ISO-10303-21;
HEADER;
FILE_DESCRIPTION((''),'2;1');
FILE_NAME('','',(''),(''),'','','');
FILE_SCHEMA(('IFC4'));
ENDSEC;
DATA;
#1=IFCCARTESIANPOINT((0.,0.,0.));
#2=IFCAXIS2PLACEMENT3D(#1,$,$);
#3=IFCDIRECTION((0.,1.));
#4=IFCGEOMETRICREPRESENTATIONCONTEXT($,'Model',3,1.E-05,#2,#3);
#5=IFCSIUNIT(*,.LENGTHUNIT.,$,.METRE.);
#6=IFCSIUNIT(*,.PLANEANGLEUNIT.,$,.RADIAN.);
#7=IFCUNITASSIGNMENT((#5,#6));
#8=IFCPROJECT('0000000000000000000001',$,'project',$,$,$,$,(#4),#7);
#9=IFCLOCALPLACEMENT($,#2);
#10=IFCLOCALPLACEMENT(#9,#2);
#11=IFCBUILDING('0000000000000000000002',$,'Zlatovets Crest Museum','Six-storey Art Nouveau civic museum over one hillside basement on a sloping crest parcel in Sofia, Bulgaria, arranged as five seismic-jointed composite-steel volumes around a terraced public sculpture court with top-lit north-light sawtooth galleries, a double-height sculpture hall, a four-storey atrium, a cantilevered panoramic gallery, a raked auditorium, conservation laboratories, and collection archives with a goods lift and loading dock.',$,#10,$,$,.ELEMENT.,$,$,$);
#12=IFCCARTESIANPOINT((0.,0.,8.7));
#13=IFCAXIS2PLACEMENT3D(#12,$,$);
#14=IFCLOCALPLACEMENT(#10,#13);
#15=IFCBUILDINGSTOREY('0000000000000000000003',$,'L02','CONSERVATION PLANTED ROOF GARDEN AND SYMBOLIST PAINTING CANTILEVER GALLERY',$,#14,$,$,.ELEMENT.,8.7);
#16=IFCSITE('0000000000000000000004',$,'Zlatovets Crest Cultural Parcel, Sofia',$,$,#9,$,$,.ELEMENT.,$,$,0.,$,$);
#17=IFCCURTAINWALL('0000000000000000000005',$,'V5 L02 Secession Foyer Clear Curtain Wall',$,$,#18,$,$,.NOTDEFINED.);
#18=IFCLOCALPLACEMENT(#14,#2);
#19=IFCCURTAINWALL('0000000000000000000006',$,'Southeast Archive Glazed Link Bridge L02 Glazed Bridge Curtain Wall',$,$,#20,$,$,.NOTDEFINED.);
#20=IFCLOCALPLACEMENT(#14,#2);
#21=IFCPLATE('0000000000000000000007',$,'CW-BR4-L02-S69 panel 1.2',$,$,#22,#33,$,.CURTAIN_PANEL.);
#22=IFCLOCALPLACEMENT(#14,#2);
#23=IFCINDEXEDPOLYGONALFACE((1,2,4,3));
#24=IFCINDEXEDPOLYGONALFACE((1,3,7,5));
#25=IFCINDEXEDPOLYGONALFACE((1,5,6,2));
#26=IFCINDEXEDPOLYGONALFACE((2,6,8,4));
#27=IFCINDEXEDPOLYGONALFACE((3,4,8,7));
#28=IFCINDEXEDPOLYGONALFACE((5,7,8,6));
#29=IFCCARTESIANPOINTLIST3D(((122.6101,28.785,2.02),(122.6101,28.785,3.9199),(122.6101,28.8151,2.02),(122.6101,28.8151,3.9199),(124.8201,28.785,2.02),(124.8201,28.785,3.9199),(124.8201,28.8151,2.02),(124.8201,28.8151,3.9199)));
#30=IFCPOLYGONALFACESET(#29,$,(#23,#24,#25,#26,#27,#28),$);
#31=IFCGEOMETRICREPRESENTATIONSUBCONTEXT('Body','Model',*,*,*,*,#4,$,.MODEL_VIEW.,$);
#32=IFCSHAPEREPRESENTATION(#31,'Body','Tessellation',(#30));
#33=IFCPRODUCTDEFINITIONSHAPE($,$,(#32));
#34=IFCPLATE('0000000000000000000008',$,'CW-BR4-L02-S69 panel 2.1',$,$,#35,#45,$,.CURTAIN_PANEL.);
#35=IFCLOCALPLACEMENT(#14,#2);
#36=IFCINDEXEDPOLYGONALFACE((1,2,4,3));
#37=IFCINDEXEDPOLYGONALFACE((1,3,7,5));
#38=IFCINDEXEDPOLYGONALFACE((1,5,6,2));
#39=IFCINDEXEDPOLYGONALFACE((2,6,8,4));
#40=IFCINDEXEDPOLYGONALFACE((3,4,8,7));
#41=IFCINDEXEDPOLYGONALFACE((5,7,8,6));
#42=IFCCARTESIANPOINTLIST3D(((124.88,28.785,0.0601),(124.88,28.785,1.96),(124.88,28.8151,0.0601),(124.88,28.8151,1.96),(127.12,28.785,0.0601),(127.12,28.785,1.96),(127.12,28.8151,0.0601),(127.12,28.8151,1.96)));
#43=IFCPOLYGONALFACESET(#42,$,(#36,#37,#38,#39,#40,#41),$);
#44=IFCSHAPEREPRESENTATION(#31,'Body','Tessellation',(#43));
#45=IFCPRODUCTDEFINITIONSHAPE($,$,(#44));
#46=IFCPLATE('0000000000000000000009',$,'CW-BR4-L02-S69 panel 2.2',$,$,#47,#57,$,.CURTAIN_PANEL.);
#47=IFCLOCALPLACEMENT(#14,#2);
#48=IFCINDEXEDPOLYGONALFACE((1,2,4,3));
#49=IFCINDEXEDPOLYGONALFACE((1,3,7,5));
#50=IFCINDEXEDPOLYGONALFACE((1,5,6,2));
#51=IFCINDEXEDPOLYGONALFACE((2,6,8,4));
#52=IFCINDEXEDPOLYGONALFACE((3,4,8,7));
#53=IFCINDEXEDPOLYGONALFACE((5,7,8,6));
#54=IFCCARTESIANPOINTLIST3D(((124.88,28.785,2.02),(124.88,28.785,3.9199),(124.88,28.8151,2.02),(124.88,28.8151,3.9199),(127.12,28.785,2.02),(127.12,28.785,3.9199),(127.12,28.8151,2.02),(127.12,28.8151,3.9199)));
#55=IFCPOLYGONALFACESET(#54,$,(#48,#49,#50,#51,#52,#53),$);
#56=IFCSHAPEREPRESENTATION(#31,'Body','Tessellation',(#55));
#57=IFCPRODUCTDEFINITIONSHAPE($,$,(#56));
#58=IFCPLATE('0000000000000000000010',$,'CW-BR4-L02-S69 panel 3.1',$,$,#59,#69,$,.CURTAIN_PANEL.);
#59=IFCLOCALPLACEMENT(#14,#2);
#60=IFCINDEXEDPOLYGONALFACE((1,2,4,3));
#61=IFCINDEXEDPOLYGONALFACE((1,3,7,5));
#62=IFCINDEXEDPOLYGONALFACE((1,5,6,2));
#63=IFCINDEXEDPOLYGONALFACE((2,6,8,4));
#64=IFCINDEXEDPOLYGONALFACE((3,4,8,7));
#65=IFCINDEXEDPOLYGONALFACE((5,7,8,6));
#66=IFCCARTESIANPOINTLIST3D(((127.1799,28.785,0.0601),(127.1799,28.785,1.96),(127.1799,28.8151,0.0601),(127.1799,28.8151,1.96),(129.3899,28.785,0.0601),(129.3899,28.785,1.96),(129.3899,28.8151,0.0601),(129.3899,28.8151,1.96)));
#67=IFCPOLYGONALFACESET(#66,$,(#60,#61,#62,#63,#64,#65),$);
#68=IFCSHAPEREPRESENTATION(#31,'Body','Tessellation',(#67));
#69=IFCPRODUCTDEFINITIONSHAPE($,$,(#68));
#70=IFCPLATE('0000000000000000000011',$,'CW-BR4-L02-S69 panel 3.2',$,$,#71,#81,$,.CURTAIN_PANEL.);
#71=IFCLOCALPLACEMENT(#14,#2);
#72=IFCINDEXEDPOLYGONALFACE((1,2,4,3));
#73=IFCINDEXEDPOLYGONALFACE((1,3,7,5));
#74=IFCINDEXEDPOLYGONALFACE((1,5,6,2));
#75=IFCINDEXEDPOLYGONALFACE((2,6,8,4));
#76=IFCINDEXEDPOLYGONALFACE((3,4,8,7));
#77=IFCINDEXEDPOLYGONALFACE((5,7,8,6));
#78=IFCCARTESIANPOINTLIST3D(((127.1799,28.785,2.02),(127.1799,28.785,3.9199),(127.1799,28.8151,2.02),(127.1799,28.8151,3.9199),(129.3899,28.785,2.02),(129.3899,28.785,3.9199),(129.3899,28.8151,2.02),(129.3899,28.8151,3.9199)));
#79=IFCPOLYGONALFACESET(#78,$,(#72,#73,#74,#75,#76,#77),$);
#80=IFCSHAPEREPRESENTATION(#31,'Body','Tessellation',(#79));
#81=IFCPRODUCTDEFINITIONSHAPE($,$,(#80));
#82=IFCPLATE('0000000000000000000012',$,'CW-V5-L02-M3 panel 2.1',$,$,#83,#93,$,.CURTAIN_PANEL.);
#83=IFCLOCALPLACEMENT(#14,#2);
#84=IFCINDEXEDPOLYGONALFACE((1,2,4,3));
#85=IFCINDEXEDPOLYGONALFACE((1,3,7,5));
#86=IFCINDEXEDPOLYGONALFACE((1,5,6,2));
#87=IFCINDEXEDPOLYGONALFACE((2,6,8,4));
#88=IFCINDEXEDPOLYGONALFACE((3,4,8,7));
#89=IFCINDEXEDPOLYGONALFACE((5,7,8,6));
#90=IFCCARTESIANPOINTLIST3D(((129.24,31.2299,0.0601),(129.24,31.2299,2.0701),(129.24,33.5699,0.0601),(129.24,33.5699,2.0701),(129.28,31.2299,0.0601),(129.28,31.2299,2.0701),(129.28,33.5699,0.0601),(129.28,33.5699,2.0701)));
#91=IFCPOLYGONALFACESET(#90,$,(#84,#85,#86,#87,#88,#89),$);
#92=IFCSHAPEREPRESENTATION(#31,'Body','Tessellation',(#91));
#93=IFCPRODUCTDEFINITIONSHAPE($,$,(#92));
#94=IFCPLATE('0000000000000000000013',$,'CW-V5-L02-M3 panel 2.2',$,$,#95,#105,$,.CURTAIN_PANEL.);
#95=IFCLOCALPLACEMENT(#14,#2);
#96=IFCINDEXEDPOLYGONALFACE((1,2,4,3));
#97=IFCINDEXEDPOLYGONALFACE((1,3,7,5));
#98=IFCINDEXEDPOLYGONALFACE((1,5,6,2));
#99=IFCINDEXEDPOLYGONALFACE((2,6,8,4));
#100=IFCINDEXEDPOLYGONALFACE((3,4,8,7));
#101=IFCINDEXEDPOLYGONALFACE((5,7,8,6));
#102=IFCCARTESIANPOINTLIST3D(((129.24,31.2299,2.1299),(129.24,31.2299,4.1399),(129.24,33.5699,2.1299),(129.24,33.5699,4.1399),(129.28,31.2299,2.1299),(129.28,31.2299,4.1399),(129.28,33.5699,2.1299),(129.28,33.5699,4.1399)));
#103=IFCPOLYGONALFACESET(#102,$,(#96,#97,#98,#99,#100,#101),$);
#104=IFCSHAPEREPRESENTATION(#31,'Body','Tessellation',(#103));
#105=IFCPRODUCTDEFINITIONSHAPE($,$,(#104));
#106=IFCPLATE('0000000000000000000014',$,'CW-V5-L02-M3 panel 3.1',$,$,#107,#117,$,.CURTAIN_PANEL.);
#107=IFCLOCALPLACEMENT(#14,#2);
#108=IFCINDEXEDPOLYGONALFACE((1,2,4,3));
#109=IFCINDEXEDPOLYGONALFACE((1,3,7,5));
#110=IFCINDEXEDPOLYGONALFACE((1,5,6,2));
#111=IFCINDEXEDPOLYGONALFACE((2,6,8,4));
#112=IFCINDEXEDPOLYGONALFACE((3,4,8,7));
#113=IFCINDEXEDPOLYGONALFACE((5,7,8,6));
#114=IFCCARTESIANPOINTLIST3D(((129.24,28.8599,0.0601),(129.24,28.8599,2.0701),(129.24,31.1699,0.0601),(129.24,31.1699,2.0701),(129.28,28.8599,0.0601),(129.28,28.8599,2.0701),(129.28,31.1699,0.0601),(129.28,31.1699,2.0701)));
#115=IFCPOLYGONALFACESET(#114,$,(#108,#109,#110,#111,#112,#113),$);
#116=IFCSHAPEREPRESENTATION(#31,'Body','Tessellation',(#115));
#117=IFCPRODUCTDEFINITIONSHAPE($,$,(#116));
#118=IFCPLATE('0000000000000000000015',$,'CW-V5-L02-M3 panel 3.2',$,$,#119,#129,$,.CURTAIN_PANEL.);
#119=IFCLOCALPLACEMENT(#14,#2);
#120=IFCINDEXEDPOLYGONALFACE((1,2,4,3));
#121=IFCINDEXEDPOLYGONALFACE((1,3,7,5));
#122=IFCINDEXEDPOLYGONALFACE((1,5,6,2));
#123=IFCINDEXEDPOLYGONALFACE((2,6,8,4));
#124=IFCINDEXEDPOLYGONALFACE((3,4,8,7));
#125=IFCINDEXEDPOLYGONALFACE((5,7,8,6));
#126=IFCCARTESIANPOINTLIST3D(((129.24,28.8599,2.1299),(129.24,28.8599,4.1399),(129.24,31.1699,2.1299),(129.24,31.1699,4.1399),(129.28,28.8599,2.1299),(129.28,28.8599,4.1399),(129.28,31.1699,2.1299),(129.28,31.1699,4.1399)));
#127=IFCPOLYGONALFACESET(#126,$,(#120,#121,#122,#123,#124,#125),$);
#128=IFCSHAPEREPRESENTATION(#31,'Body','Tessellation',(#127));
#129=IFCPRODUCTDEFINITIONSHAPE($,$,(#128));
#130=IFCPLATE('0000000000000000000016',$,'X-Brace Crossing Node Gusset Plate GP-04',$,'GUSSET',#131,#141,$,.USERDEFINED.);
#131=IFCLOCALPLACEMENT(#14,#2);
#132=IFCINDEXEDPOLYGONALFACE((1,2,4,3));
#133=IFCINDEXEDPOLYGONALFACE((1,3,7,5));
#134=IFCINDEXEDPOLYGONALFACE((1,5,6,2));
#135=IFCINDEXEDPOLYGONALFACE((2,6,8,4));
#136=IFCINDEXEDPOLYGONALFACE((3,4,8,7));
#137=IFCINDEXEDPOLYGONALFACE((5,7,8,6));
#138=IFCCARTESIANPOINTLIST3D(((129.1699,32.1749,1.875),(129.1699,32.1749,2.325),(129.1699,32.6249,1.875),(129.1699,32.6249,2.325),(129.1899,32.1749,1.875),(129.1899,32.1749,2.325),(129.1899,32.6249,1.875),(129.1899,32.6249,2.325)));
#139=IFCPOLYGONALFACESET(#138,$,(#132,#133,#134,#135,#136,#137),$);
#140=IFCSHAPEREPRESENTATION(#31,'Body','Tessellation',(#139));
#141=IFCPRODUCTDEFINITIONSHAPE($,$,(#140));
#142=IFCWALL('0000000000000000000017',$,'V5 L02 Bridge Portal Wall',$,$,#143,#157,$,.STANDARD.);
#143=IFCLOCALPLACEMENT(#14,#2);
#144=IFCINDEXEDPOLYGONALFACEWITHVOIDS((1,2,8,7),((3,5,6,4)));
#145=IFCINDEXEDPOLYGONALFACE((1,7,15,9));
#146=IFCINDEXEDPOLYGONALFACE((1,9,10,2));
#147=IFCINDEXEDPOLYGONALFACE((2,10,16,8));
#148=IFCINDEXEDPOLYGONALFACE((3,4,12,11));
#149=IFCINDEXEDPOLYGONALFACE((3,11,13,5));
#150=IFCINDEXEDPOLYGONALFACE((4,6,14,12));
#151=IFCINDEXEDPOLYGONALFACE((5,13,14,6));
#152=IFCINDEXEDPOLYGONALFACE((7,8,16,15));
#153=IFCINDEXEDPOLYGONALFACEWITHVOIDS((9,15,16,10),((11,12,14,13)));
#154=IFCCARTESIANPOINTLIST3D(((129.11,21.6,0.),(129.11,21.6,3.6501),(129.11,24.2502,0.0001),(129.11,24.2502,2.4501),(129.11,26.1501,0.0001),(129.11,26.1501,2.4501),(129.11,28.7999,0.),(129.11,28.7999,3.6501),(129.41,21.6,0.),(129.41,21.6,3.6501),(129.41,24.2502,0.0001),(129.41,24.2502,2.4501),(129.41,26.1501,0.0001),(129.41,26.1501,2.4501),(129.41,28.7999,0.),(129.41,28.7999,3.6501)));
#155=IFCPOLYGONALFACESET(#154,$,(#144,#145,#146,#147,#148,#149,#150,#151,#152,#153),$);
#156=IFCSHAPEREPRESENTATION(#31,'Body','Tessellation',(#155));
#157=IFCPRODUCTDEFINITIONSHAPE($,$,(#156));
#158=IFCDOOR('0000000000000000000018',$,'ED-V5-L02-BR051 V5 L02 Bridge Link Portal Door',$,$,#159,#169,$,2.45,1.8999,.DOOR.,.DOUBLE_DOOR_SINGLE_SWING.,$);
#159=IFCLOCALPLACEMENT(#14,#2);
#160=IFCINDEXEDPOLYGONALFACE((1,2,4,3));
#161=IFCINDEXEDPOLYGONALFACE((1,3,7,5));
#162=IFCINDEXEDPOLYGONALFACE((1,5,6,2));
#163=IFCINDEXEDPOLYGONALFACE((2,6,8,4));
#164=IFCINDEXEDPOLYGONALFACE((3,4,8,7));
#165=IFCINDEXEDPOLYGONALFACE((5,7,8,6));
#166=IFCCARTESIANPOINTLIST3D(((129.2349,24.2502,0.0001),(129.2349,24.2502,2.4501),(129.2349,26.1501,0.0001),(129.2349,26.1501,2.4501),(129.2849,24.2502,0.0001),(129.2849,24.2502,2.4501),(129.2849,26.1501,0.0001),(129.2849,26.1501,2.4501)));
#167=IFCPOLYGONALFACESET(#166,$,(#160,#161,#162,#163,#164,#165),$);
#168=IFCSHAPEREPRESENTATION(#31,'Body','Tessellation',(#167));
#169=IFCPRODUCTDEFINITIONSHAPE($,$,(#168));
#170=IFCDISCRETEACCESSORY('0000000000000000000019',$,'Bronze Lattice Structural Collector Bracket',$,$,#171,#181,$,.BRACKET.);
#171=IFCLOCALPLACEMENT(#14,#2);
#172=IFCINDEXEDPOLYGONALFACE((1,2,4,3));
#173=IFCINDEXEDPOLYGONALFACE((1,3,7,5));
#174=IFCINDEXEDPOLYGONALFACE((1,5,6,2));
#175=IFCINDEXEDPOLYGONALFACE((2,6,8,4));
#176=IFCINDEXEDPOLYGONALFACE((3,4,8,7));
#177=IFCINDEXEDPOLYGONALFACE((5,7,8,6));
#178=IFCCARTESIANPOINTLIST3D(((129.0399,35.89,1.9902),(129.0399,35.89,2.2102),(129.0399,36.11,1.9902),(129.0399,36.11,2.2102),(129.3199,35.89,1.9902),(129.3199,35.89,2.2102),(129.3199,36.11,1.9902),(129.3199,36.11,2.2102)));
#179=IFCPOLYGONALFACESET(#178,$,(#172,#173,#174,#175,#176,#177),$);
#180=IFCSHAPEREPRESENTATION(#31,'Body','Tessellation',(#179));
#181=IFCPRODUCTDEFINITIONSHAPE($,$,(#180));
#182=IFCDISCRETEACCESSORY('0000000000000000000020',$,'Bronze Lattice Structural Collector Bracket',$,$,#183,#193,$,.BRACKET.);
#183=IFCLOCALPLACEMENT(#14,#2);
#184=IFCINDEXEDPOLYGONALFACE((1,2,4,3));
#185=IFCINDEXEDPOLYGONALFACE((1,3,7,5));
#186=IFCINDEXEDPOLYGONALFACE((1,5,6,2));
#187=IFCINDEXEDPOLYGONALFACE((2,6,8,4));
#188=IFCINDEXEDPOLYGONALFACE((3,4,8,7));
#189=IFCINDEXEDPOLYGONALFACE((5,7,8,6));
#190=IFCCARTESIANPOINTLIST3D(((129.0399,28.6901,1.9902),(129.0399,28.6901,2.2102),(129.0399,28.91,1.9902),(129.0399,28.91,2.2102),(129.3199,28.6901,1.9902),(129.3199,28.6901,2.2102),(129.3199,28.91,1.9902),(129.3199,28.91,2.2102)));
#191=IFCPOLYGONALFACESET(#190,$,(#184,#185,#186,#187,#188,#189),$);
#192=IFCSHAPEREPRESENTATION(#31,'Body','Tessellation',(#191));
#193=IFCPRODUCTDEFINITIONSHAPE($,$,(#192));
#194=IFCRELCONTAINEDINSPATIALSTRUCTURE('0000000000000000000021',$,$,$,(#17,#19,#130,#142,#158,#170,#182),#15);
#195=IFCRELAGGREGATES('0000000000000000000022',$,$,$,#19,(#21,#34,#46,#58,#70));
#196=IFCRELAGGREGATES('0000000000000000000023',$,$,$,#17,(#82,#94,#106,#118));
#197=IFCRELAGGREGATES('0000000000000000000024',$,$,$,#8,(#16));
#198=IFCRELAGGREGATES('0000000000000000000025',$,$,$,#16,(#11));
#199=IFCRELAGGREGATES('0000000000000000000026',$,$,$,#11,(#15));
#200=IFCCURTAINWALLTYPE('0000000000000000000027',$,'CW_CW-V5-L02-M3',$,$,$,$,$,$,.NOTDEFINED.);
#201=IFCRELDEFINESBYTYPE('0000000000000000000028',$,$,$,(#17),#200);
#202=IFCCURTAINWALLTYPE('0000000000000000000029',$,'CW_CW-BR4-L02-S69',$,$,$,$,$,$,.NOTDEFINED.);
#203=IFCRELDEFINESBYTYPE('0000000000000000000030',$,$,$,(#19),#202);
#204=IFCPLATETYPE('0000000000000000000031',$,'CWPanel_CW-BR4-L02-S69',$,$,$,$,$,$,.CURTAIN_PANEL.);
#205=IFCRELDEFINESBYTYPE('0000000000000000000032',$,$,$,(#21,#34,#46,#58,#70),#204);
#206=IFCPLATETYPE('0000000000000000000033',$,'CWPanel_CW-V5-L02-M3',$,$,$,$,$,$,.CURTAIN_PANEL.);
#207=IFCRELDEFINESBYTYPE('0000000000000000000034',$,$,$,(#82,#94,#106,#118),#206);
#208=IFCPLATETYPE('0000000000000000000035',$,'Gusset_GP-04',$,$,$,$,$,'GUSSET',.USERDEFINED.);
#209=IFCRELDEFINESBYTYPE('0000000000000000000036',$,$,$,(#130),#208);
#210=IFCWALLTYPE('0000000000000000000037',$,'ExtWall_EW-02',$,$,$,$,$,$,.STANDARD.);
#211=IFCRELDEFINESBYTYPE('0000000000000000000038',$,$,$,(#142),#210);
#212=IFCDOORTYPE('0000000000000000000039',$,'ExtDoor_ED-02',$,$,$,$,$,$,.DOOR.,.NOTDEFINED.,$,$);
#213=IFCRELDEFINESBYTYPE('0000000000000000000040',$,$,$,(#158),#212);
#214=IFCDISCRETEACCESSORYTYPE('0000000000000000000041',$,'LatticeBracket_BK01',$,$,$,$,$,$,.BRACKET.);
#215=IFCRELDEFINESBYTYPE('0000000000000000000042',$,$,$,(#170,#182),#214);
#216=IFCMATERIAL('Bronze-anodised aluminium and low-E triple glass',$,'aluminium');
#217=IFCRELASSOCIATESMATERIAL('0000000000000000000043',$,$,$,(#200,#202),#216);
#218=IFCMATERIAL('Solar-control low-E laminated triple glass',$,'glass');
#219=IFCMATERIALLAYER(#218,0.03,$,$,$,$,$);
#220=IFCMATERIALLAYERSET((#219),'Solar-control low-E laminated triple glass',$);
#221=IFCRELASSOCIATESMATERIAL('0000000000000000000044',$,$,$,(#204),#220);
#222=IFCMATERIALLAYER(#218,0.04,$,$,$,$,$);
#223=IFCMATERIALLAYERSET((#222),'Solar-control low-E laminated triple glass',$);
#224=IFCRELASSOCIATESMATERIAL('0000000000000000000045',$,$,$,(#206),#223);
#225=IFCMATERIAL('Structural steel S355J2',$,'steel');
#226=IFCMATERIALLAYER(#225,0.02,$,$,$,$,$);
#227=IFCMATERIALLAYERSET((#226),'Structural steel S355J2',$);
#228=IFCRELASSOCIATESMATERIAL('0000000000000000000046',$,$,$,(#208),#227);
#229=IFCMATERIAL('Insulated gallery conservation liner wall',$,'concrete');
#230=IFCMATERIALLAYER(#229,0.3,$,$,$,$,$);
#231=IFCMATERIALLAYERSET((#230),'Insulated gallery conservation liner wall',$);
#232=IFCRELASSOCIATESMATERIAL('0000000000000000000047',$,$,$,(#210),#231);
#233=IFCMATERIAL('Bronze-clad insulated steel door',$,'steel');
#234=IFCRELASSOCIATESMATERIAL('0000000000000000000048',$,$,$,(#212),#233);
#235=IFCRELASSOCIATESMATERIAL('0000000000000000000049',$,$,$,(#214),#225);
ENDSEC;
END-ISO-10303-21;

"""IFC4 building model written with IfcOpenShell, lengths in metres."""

from ifc_helpers import new_model, si_unit, direction, frame, frame_2d, origin, origin_2d, place, context, subcontext, project, spatial, rectangle, extrude, material, layer, layer_set, type_object, element, fill, aggregate, save


model = new_model("IFC4")

# Units and contexts
model_context = context("Model", 3, precision=1e-05, world=origin(), true_north=direction((0.0, 1.0)))
body_context = subcontext(model_context, "Body", "Model", "MODEL_VIEW")
ifc_project = project(units=[si_unit("LENGTHUNIT", "METRE"), si_unit("PLANEANGLEUNIT", "RADIAN")], contexts=[model_context])

# Site, building, storey
site_placement = place(None, origin())
site = spatial("IfcSite", under=ifc_project, at=site_placement, Name="Zlatovets Crest Cultural Parcel, Sofia", CompositionType="ELEMENT", RefElevation=0.0)
building_placement = place(site_placement, origin())
building = spatial("IfcBuilding", under=site, at=building_placement, Name="Zlatovets Crest Museum", Description="Six-storey Art Nouveau civic museum over one hillside basement on a sloping crest parcel in Sofia, Bulgaria, arranged as five seismic-jointed composite-steel volumes around a terraced public sculpture court with top-lit north-light sawtooth galleries, a double-height sculpture hall, a four-storey atrium, a cantilevered panoramic gallery, a raked auditorium, conservation laboratories, and collection archives with a goods lift and loading dock.", CompositionType="ELEMENT")
storey_placement = place(building_placement, frame((0.0, 0.0, 8.7)))
storey = spatial("IfcBuildingStorey", under=building, at=storey_placement, Name="L02", Description="CONSERVATION PLANTED ROOF GARDEN AND SYMBOLIST PAINTING CANTILEVER GALLERY", CompositionType="ELEMENT", Elevation=8.7)

# Curtain walls
ifc_material_1 = material(Name="Bronze-anodised aluminium and low-E triple glass", Category="aluminium")
curtain_wall_type_1 = type_object("IfcCurtainWallType", Name="CW_CW-V5-L02-M3", PredefinedType="NOTDEFINED", material=ifc_material_1)
curtain_wall_1_placement = place(storey_placement, origin())
curtain_wall_1 = element("IfcCurtainWall", 1, at=curtain_wall_1_placement, inside=storey, type_object=curtain_wall_type_1, Name="V5 L02 Secession Foyer Clear Curtain Wall", PredefinedType="NOTDEFINED")
curtain_wall_type_2 = type_object("IfcCurtainWallType", Name="CW_CW-BR4-L02-S69", PredefinedType="NOTDEFINED", material=ifc_material_1)
curtain_wall_2_placement = place(storey_placement, origin())
curtain_wall_2 = element("IfcCurtainWall", 2, at=curtain_wall_2_placement, inside=storey, type_object=curtain_wall_type_2, Name="Southeast Archive Glazed Link Bridge L02 Glazed Bridge Curtain Wall", PredefinedType="NOTDEFINED")

# Plates
ifc_material_2 = material(Name="Solar-control low-E laminated triple glass", Category="glass")
ifc_layer_1 = layer(ifc_material_2, 0.03)
ifc_layer_set_1 = layer_set([ifc_layer_1], Name="Solar-control low-E laminated triple glass")
plate_type_1 = type_object("IfcPlateType", Name="CWPanel_CW-BR4-L02-S69", PredefinedType="CURTAIN_PANEL", material=ifc_layer_set_1)
plate_1_placement = place(storey_placement, frame((123.7151, 28.8, 2.02), z_axis=(0.0, 0.0, 1.0), x_axis=(1.0, 0.0, 0.0)))
plate_1 = element("IfcPlate", 3, at=plate_1_placement, type_object=plate_type_1, Name="CW-BR4-L02-S69 panel 1.2", PredefinedType="CURTAIN_PANEL", context=body_context, shape_type="SweptSolid", body=[
    extrude(rectangle(XDim=2.21, YDim=0.03, at=origin_2d()), origin(), (0.0, 0.0, 1.0), 1.8999),
])
plate_2_placement = place(storey_placement, frame((126.0, 28.8, 0.0601), z_axis=(0.0, 0.0, 1.0), x_axis=(1.0, 0.0, 0.0)))
plate_2 = element("IfcPlate", 4, at=plate_2_placement, type_object=plate_type_1, Name="CW-BR4-L02-S69 panel 2.1", PredefinedType="CURTAIN_PANEL", context=body_context, shape_type="SweptSolid", body=[
    extrude(rectangle(XDim=2.24, YDim=0.03, at=origin_2d()), origin(), (0.0, 0.0, 1.0), 1.8999),
])
plate_3_placement = place(storey_placement, frame((126.0, 28.8, 2.02), z_axis=(0.0, 0.0, 1.0), x_axis=(1.0, 0.0, 0.0)))
plate_3 = element("IfcPlate", 5, at=plate_3_placement, type_object=plate_type_1, Name="CW-BR4-L02-S69 panel 2.2", PredefinedType="CURTAIN_PANEL", context=body_context, shape_type="SweptSolid", body=[
    extrude(rectangle(XDim=2.24, YDim=0.03, at=origin_2d()), origin(), (0.0, 0.0, 1.0), 1.8999),
])
plate_4_placement = place(storey_placement, frame((128.2849, 28.8, 0.0601), z_axis=(0.0, 0.0, 1.0), x_axis=(1.0, 0.0, 0.0)))
plate_4 = element("IfcPlate", 6, at=plate_4_placement, type_object=plate_type_1, Name="CW-BR4-L02-S69 panel 3.1", PredefinedType="CURTAIN_PANEL", context=body_context, shape_type="SweptSolid", body=[
    extrude(rectangle(XDim=2.21, YDim=0.03, at=origin_2d()), origin(), (0.0, 0.0, 1.0), 1.8999),
])
plate_5_placement = place(storey_placement, frame((128.2849, 28.8, 2.02), z_axis=(0.0, 0.0, 1.0), x_axis=(1.0, 0.0, 0.0)))
plate_5 = element("IfcPlate", 7, at=plate_5_placement, type_object=plate_type_1, Name="CW-BR4-L02-S69 panel 3.2", PredefinedType="CURTAIN_PANEL", context=body_context, shape_type="SweptSolid", body=[
    extrude(rectangle(XDim=2.21, YDim=0.03, at=origin_2d()), origin(), (0.0, 0.0, 1.0), 1.8999),
])
aggregate(curtain_wall_2, [plate_1, plate_2, plate_3, plate_4, plate_5])
ifc_layer_2 = layer(ifc_material_2, 0.04)
ifc_layer_set_2 = layer_set([ifc_layer_2], Name="Solar-control low-E laminated triple glass")
plate_type_2 = type_object("IfcPlateType", Name="CWPanel_CW-V5-L02-M3", PredefinedType="CURTAIN_PANEL", material=ifc_layer_set_2)
plate_6_placement = place(storey_placement, frame((129.26, 32.3999, 0.0601), z_axis=(0.0, 0.0, 1.0), x_axis=(0.0, -1.0, 0.0)))
plate_6 = element("IfcPlate", 8, at=plate_6_placement, type_object=plate_type_2, Name="CW-V5-L02-M3 panel 2.1", PredefinedType="CURTAIN_PANEL", context=body_context, shape_type="SweptSolid", body=[
    extrude(rectangle(XDim=2.3401, YDim=0.04, at=origin_2d()), origin(), (0.0, 0.0, 1.0), 2.01),
])
plate_7_placement = place(storey_placement, frame((129.26, 32.3999, 2.1299), z_axis=(0.0, 0.0, 1.0), x_axis=(0.0, -1.0, 0.0)))
plate_7 = element("IfcPlate", 9, at=plate_7_placement, type_object=plate_type_2, Name="CW-V5-L02-M3 panel 2.2", PredefinedType="CURTAIN_PANEL", context=body_context, shape_type="SweptSolid", body=[
    extrude(rectangle(XDim=2.3401, YDim=0.04, at=origin_2d()), origin(), (0.0, 0.0, 1.0), 2.01),
])
plate_8_placement = place(storey_placement, frame((129.26, 30.0149, 0.0601), z_axis=(0.0, 0.0, 1.0), x_axis=(0.0, -1.0, 0.0)))
plate_8 = element("IfcPlate", 10, at=plate_8_placement, type_object=plate_type_2, Name="CW-V5-L02-M3 panel 3.1", PredefinedType="CURTAIN_PANEL", context=body_context, shape_type="SweptSolid", body=[
    extrude(rectangle(XDim=2.3101, YDim=0.04, at=origin_2d()), origin(), (0.0, 0.0, 1.0), 2.01),
])
plate_9_placement = place(storey_placement, frame((129.26, 30.0149, 2.1299), z_axis=(0.0, 0.0, 1.0), x_axis=(0.0, -1.0, 0.0)))
plate_9 = element("IfcPlate", 11, at=plate_9_placement, type_object=plate_type_2, Name="CW-V5-L02-M3 panel 3.2", PredefinedType="CURTAIN_PANEL", context=body_context, shape_type="SweptSolid", body=[
    extrude(rectangle(XDim=2.3101, YDim=0.04, at=origin_2d()), origin(), (0.0, 0.0, 1.0), 2.01),
])
aggregate(curtain_wall_1, [plate_6, plate_7, plate_8, plate_9])
ifc_material_3 = material(Name="Structural steel S355J2", Category="steel")
ifc_layer_3 = layer(ifc_material_3, 0.02)
ifc_layer_set_3 = layer_set([ifc_layer_3], Name="Structural steel S355J2")
plate_type_3 = type_object("IfcPlateType", Name="Gusset_GP-04", ElementType="GUSSET", PredefinedType="USERDEFINED", material=ifc_layer_set_3)
plate_10_placement = place(storey_placement, frame((129.1799, 32.3999, 1.875), z_axis=(0.0, 0.0, 1.0), x_axis=(1.0, 0.0, 0.0)))
element("IfcPlate", 12, at=plate_10_placement, inside=storey, type_object=plate_type_3, Name="X-Brace Crossing Node Gusset Plate GP-04", ObjectType="GUSSET", PredefinedType="USERDEFINED", context=body_context, shape_type="SweptSolid", body=[
    extrude(rectangle(XDim=0.02, YDim=0.45, at=origin_2d()), origin(), (0.0, 0.0, 1.0), 0.45),
])

# Wall, opening, door
ifc_material_4 = material(Name="Insulated gallery conservation liner wall", Category="concrete")
ifc_layer_4 = layer(ifc_material_4, 0.3)
ifc_layer_set_4 = layer_set([ifc_layer_4], Name="Insulated gallery conservation liner wall")
wall_type = type_object("IfcWallType", Name="ExtWall_EW-02", PredefinedType="STANDARD", material=ifc_layer_set_4)
wall_placement = place(storey_placement, frame((129.26, 28.8, 0.0), z_axis=(0.0, 0.0, 1.0), x_axis=(0.0, -1.0, 0.0)))
wall = element("IfcWall", 13, at=wall_placement, inside=storey, type_object=wall_type, Name="V5 L02 Bridge Portal Wall", PredefinedType="STANDARD", context=body_context, shape_type="SweptSolid", body=[
    extrude(rectangle(XDim=7.2, YDim=0.3, at=frame_2d((3.6001, 0.0))), origin(), (0.0, 0.0, 1.0), 3.6501),
])
opening_placement = place(wall_placement, frame((2.6499, 0.0, 0.0)))
opening = element("IfcOpeningElement", 14, at=opening_placement, cuts=wall, PredefinedType="OPENING", context=body_context, shape_type="SweptSolid", body=[
    extrude(rectangle(XDim=1.8999, YDim=2.45, at=frame_2d((0.95, 1.2251))), frame((0.0, 0.1602, 0.0), z_axis=(0.0, -1.0, 0.0), x_axis=(1.0, 0.0, 0.0)), (0.0, 0.0, 1.0), 0.3201),
])
ifc_material_5 = material(Name="Bronze-clad insulated steel door", Category="steel")
door_type = type_object("IfcDoorType", Name="ExtDoor_ED-02", OperationType="NOTDEFINED", PredefinedType="DOOR", material=ifc_material_5)
door_placement = place(opening_placement, origin())
door = element("IfcDoor", 15, at=door_placement, inside=storey, type_object=door_type, Name="ED-V5-L02-BR051 V5 L02 Bridge Link Portal Door", OperationType="DOUBLE_DOOR_SINGLE_SWING", OverallHeight=2.45, OverallWidth=1.8999, PredefinedType="DOOR", context=body_context, shape_type="SweptSolid", body=[
    extrude(rectangle(XDim=1.8999, YDim=2.45, at=frame_2d((0.95, 1.2251))), frame((0.0, 0.0249, 0.0), z_axis=(0.0, -1.0, 0.0), x_axis=(1.0, 0.0, 0.0)), (0.0, 0.0, 1.0), 0.05),
])
fill(opening, door)

# Discrete accessories
discrete_accessory_type = type_object("IfcDiscreteAccessoryType", Name="LatticeBracket_BK01", PredefinedType="BRACKET", material=ifc_material_3)
for number, where, z_axis, x_axis, name in (
    (16, (129.1799, 36.0, 1.9902), (0.0, 0.0, 1.0), (1.0, 0.0, 0.0), "Bronze Lattice Structural Collector Bracket"),
    (17, (129.1799, 28.8, 1.9902), (0.0, 0.0, 1.0), (1.0, 0.0, 0.0), "Bronze Lattice Structural Collector Bracket"),
):
    element("IfcDiscreteAccessory", number, at=place(storey_placement, frame(where, z_axis=z_axis, x_axis=x_axis)), inside=storey, type_object=discrete_accessory_type, Name=name, PredefinedType="BRACKET", context=body_context, shape_type="SweptSolid", body=[
        extrude(rectangle(XDim=0.28, YDim=0.22, at=origin_2d()), origin(), (0.0, 0.0, 1.0), 0.22),
    ])

save(model, "model.ifc")
